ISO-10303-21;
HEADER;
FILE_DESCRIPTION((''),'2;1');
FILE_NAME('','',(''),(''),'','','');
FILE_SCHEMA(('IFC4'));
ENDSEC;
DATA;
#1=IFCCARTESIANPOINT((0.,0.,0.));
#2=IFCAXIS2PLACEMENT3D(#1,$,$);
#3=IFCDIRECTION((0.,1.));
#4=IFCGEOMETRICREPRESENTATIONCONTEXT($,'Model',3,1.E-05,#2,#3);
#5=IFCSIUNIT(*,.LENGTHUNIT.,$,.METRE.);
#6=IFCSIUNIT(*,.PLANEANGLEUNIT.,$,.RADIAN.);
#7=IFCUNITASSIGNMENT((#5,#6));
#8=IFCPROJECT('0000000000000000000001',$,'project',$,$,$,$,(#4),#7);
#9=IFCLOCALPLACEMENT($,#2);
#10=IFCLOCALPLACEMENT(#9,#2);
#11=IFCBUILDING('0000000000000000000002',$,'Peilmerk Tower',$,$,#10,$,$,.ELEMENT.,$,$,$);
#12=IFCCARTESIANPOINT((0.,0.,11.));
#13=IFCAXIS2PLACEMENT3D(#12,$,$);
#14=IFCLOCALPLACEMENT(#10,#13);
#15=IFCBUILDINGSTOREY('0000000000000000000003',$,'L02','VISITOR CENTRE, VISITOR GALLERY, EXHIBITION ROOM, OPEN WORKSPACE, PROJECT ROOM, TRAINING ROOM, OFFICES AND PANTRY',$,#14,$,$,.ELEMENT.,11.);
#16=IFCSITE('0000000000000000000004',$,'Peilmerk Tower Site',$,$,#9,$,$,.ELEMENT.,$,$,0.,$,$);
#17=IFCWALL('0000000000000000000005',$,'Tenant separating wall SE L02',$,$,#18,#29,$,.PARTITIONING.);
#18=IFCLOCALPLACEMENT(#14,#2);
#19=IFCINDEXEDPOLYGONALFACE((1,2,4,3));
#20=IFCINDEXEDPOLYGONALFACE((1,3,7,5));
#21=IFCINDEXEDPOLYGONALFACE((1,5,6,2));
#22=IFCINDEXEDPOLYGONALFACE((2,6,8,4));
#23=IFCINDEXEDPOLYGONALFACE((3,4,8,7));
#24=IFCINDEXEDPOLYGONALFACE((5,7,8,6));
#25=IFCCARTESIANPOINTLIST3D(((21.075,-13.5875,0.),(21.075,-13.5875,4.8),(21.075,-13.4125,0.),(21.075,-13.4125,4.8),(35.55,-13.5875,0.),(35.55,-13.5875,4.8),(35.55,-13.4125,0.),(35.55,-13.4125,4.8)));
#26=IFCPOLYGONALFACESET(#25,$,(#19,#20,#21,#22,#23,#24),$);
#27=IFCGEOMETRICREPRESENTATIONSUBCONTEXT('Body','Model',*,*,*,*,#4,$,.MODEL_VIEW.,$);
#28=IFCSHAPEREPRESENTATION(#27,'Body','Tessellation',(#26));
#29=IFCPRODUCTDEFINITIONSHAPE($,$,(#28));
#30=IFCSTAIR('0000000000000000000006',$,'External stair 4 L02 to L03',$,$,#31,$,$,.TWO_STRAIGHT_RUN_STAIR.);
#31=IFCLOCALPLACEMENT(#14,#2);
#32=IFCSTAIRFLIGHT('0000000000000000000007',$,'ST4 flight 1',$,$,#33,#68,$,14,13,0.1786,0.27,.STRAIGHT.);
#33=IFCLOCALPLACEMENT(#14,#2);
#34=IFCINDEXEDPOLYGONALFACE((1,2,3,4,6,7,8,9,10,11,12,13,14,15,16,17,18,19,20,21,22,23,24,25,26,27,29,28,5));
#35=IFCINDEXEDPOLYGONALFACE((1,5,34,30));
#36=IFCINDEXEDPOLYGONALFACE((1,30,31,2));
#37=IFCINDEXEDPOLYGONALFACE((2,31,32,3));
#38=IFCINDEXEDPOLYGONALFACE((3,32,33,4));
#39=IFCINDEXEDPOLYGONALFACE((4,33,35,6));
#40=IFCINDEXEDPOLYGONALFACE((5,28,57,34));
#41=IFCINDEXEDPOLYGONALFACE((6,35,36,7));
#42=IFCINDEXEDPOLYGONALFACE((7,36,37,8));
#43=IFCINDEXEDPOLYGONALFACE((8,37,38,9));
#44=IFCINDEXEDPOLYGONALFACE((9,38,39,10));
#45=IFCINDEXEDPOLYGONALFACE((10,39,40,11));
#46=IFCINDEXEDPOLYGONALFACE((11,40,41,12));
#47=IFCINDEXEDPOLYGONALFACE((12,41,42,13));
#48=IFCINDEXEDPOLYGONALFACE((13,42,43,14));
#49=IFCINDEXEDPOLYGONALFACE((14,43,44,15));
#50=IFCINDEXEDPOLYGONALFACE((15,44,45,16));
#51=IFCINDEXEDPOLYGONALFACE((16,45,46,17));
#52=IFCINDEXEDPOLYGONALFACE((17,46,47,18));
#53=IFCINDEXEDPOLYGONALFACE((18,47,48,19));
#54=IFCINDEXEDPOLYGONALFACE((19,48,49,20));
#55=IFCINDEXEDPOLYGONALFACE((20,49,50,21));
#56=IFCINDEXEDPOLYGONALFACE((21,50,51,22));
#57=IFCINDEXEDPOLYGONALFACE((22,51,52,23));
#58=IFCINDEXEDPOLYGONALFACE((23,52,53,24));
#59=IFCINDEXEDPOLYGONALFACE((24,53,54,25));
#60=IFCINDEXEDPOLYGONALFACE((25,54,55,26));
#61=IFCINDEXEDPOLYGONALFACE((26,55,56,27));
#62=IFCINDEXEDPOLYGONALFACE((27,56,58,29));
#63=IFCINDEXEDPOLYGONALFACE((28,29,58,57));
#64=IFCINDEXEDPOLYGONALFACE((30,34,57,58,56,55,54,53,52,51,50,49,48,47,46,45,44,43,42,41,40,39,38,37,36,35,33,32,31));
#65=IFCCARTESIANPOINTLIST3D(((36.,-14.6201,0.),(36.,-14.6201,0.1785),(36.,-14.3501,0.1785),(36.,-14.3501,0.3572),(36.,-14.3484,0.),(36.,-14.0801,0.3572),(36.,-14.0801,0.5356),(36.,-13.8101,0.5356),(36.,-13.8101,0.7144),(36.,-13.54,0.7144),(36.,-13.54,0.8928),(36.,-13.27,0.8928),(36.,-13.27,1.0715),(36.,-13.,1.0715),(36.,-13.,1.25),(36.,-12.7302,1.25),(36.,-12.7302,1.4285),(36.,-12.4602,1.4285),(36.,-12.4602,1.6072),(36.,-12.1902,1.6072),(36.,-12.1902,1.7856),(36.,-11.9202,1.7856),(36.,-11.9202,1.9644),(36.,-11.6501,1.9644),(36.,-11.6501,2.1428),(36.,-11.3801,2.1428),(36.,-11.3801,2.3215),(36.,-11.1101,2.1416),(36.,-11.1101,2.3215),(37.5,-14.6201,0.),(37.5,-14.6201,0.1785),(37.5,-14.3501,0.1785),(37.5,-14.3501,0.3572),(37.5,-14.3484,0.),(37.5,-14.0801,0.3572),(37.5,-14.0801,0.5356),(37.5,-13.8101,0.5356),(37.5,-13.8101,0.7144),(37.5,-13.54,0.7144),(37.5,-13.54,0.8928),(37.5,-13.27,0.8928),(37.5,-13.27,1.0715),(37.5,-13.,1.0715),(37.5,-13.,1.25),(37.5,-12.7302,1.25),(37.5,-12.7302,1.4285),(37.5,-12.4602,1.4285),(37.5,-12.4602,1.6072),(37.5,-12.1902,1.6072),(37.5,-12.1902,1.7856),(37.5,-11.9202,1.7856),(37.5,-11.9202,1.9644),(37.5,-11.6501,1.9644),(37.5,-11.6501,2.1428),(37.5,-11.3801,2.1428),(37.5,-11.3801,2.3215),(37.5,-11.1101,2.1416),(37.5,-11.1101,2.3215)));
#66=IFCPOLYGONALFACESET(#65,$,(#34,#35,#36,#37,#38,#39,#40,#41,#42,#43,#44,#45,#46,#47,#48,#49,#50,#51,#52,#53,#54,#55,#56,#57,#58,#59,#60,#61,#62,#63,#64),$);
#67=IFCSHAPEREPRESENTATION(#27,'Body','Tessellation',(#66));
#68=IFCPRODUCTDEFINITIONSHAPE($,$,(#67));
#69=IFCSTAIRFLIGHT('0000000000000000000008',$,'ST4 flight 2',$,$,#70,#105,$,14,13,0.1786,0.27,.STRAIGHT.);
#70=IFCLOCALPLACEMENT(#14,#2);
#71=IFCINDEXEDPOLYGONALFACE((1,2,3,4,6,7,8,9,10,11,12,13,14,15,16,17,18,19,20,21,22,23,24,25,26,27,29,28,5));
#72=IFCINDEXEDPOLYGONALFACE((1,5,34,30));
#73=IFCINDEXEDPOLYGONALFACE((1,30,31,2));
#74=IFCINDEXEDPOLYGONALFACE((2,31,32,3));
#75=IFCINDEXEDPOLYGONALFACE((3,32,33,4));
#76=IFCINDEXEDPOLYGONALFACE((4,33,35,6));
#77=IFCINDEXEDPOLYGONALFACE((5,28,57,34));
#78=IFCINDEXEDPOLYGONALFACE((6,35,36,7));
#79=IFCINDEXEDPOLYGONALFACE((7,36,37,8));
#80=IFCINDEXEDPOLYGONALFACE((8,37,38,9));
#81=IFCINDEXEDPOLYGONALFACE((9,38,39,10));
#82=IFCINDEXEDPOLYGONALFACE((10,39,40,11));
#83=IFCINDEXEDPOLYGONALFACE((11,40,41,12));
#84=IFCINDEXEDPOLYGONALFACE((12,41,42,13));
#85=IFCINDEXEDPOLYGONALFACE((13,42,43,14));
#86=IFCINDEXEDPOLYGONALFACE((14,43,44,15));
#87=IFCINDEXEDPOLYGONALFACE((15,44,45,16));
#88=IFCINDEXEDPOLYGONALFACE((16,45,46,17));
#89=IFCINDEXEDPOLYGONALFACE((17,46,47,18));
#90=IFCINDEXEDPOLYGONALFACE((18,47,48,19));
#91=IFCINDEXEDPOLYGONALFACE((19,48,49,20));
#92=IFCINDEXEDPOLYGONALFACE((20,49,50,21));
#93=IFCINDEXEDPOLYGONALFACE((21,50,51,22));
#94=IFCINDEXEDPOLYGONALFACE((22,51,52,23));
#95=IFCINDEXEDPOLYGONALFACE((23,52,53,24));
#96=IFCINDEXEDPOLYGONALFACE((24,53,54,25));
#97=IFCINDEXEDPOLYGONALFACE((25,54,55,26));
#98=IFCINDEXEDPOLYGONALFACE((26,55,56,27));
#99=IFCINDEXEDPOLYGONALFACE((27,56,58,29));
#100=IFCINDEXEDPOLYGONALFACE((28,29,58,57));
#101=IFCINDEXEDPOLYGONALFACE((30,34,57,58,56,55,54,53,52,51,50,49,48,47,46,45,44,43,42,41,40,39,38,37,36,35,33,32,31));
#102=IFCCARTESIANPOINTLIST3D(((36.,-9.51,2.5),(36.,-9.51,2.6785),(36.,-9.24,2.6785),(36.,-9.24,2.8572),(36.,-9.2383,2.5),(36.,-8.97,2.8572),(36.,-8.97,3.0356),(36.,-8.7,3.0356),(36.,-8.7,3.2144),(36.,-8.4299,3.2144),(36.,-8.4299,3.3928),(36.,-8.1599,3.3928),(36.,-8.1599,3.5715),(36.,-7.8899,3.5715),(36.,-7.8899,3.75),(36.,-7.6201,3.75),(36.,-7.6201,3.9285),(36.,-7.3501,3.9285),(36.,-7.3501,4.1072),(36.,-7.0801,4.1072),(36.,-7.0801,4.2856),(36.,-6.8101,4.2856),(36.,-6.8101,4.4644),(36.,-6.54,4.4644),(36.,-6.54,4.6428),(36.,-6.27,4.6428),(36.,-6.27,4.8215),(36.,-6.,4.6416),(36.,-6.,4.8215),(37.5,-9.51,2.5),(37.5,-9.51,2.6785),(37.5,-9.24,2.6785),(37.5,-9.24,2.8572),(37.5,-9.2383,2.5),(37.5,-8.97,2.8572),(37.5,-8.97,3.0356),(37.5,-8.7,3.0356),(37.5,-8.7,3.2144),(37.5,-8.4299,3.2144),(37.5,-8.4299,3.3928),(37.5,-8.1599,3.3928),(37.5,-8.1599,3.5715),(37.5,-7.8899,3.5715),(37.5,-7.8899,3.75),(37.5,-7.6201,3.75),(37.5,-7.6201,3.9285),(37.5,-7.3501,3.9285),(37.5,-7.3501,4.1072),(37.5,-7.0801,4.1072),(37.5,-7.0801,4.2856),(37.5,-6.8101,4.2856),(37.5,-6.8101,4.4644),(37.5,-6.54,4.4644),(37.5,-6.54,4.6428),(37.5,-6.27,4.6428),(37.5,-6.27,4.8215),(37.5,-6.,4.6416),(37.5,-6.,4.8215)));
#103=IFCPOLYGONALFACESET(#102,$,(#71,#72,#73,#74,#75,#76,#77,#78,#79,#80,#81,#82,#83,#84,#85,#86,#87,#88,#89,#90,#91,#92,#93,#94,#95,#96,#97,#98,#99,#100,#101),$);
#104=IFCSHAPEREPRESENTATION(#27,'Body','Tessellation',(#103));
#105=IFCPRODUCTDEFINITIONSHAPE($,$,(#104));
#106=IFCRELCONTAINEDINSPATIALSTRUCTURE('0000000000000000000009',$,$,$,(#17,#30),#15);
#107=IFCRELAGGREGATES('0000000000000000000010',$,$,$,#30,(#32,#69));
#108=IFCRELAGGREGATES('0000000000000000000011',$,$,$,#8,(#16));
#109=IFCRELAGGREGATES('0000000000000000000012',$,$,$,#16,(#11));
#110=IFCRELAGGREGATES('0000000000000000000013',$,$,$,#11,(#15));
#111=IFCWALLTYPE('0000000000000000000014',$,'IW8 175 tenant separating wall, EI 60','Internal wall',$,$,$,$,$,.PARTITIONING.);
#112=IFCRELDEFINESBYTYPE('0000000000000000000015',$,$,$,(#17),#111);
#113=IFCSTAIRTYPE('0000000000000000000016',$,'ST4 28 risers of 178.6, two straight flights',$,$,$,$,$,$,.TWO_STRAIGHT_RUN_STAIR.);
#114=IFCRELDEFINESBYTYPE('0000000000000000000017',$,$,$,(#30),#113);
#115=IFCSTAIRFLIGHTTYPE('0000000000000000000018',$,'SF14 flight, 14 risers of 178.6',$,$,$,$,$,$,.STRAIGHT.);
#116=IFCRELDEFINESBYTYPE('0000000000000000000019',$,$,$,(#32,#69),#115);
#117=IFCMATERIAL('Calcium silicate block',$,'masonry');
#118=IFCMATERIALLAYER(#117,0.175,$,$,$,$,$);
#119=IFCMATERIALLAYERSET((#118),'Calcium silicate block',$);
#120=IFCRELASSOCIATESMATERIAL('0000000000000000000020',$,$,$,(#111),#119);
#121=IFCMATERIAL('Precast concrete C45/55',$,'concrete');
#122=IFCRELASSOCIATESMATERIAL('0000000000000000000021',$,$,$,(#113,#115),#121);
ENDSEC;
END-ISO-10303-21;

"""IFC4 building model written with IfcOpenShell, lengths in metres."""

from ifc_helpers import new_model, si_unit, direction, frame, frame_2d, origin, place, context, subcontext, project, spatial, polyline, rectangle, outline, extrude, material, layer, layer_set, type_object, element, aggregate, save


model = new_model("IFC4")

# Units and contexts
model_context = context("Model", 3, precision=1e-05, world=origin(), true_north=direction((0.0, 1.0)))
body_context = subcontext(model_context, "Body", "Model", "MODEL_VIEW")
ifc_project = project(units=[si_unit("LENGTHUNIT", "METRE"), si_unit("PLANEANGLEUNIT", "RADIAN")], contexts=[model_context])

# Site, building, storey
site_placement = place(None, origin())
site = spatial("IfcSite", under=ifc_project, at=site_placement, Name="Peilmerk Tower Site", CompositionType="ELEMENT", RefElevation=0.0)
building_placement = place(site_placement, origin())
building = spatial("IfcBuilding", under=site, at=building_placement, Name="Peilmerk Tower", CompositionType="ELEMENT")
storey_placement = place(building_placement, frame((0.0, 0.0, 11.0)))
storey = spatial("IfcBuildingStorey", under=building, at=storey_placement, Name="L02", Description="VISITOR CENTRE, VISITOR GALLERY, EXHIBITION ROOM, OPEN WORKSPACE, PROJECT ROOM, TRAINING ROOM, OFFICES AND PANTRY", CompositionType="ELEMENT", Elevation=11.0)

# Shared definitions
ifc_material_1 = material(Name="Calcium silicate block", Category="masonry")

# Wall
ifc_layer_1 = layer(ifc_material_1, 0.175)
ifc_layer_set_1 = layer_set([ifc_layer_1], Name="Calcium silicate block")
wall_type_1 = type_object("IfcWallType", Name="IW8 175 tenant separating wall, EI 60", Description="Internal wall", PredefinedType="PARTITIONING", material=ifc_layer_set_1)
wall_1_placement = place(storey_placement, frame((35.55, -13.5, 0.0), z_axis=(0.0, 0.0, 1.0), x_axis=(-1.0, 0.0, 0.0)))
element("IfcWall", 1, at=wall_1_placement, inside=storey, type_object=wall_type_1, Name="Tenant separating wall SE L02", PredefinedType="PARTITIONING", context=body_context, shape_type="SweptSolid", body=[
    extrude(rectangle(XDim=14.4751, YDim=0.175, at=frame_2d((7.2375, 0.0))), origin(), (0.0, 0.0, 1.0), 4.8),
])

# Stair, stair flights
ifc_material_2 = material(Name="Precast concrete C45/55", Category="concrete")
stair_type = type_object("IfcStairType", Name="ST4 28 risers of 178.6, two straight flights", PredefinedType="TWO_STRAIGHT_RUN_STAIR", material=ifc_material_2)
stair_placement = place(storey_placement, origin())
stair = element("IfcStair", 2, at=stair_placement, inside=storey, type_object=stair_type, Name="External stair 4 L02 to L03", PredefinedType="TWO_STRAIGHT_RUN_STAIR")
stair_flight_type = type_object("IfcStairFlightType", Name="SF14 flight, 14 risers of 178.6", PredefinedType="STRAIGHT", material=ifc_material_2)
stair_flight_1_placement = place(storey_placement, frame((36.75, -14.6201, 0.0), z_axis=(0.0, 0.0, 1.0), x_axis=(0.0, 1.0, 0.0)))
stair_flight_1 = element("IfcStairFlight", 3, at=stair_flight_1_placement, type_object=stair_flight_type, Name="ST4 flight 1", NumberOfRisers=14, NumberOfTreads=13, PredefinedType="STRAIGHT", RiserHeight=0.1786, TreadLength=0.27, context=body_context, shape_type="SweptSolid", body=[
    extrude(outline(polyline([(0.0, 0.0), (0.0, 0.1785), (0.27, 0.1785), (0.27, 0.3572), (0.54, 0.3572), (0.54, 0.5356), (0.8101, 0.5356), (0.8101, 0.7144), (1.0801, 0.7144), (1.0801, 0.8928), (1.3501, 0.8928), (1.3501, 1.0715), (1.6201, 1.0715), (1.6201, 1.25), (1.8899, 1.25), (1.8899, 1.4285), (2.1599, 1.4285), (2.1599, 1.6072), (2.4299, 1.6072), (2.4299, 1.7856), (2.7, 1.7856), (2.7, 1.9644), (2.97, 1.9644), (2.97, 2.1428), (3.24, 2.1428), (3.24, 2.3215), (3.51, 2.3215), (3.51, 2.5), (3.51, 2.1416), (0.2717, 0.0), (0.0, 0.0)])), frame((0.0, 0.75, 0.0), z_axis=(0.0, -1.0, 0.0), x_axis=(1.0, 0.0, 0.0)), (0.0, 0.0, 1.0), 1.5),
])
stair_flight_2_placement = place(storey_placement, frame((36.75, -9.51, 2.5), z_axis=(0.0, 0.0, 1.0), x_axis=(0.0, 1.0, 0.0)))
stair_flight_2 = element("IfcStairFlight", 4, at=stair_flight_2_placement, type_object=stair_flight_type, Name="ST4 flight 2", NumberOfRisers=14, NumberOfTreads=13, PredefinedType="STRAIGHT", RiserHeight=0.1786, TreadLength=0.27, context=body_context, shape_type="SweptSolid", body=[
    extrude(outline(polyline([(0.0, 0.0), (0.0, 0.1785), (0.27, 0.1785), (0.27, 0.3572), (0.54, 0.3572), (0.54, 0.5356), (0.8101, 0.5356), (0.8101, 0.7144), (1.0801, 0.7144), (1.0801, 0.8928), (1.3501, 0.8928), (1.3501, 1.0715), (1.6201, 1.0715), (1.6201, 1.25), (1.8899, 1.25), (1.8899, 1.4285), (2.1599, 1.4285), (2.1599, 1.6072), (2.4299, 1.6072), (2.4299, 1.7856), (2.7, 1.7856), (2.7, 1.9644), (2.97, 1.9644), (2.97, 2.1428), (3.24, 2.1428), (3.24, 2.3215), (3.51, 2.3215), (3.51, 2.5), (3.51, 2.1416), (0.2717, 0.0), (0.0, 0.0)])), frame((0.0, 0.75, 0.0), z_axis=(0.0, -1.0, 0.0), x_axis=(1.0, 0.0, 0.0)), (0.0, 0.0, 1.0), 1.5),
])
aggregate(stair, [stair_flight_1, stair_flight_2])

save(model, "model.ifc")
